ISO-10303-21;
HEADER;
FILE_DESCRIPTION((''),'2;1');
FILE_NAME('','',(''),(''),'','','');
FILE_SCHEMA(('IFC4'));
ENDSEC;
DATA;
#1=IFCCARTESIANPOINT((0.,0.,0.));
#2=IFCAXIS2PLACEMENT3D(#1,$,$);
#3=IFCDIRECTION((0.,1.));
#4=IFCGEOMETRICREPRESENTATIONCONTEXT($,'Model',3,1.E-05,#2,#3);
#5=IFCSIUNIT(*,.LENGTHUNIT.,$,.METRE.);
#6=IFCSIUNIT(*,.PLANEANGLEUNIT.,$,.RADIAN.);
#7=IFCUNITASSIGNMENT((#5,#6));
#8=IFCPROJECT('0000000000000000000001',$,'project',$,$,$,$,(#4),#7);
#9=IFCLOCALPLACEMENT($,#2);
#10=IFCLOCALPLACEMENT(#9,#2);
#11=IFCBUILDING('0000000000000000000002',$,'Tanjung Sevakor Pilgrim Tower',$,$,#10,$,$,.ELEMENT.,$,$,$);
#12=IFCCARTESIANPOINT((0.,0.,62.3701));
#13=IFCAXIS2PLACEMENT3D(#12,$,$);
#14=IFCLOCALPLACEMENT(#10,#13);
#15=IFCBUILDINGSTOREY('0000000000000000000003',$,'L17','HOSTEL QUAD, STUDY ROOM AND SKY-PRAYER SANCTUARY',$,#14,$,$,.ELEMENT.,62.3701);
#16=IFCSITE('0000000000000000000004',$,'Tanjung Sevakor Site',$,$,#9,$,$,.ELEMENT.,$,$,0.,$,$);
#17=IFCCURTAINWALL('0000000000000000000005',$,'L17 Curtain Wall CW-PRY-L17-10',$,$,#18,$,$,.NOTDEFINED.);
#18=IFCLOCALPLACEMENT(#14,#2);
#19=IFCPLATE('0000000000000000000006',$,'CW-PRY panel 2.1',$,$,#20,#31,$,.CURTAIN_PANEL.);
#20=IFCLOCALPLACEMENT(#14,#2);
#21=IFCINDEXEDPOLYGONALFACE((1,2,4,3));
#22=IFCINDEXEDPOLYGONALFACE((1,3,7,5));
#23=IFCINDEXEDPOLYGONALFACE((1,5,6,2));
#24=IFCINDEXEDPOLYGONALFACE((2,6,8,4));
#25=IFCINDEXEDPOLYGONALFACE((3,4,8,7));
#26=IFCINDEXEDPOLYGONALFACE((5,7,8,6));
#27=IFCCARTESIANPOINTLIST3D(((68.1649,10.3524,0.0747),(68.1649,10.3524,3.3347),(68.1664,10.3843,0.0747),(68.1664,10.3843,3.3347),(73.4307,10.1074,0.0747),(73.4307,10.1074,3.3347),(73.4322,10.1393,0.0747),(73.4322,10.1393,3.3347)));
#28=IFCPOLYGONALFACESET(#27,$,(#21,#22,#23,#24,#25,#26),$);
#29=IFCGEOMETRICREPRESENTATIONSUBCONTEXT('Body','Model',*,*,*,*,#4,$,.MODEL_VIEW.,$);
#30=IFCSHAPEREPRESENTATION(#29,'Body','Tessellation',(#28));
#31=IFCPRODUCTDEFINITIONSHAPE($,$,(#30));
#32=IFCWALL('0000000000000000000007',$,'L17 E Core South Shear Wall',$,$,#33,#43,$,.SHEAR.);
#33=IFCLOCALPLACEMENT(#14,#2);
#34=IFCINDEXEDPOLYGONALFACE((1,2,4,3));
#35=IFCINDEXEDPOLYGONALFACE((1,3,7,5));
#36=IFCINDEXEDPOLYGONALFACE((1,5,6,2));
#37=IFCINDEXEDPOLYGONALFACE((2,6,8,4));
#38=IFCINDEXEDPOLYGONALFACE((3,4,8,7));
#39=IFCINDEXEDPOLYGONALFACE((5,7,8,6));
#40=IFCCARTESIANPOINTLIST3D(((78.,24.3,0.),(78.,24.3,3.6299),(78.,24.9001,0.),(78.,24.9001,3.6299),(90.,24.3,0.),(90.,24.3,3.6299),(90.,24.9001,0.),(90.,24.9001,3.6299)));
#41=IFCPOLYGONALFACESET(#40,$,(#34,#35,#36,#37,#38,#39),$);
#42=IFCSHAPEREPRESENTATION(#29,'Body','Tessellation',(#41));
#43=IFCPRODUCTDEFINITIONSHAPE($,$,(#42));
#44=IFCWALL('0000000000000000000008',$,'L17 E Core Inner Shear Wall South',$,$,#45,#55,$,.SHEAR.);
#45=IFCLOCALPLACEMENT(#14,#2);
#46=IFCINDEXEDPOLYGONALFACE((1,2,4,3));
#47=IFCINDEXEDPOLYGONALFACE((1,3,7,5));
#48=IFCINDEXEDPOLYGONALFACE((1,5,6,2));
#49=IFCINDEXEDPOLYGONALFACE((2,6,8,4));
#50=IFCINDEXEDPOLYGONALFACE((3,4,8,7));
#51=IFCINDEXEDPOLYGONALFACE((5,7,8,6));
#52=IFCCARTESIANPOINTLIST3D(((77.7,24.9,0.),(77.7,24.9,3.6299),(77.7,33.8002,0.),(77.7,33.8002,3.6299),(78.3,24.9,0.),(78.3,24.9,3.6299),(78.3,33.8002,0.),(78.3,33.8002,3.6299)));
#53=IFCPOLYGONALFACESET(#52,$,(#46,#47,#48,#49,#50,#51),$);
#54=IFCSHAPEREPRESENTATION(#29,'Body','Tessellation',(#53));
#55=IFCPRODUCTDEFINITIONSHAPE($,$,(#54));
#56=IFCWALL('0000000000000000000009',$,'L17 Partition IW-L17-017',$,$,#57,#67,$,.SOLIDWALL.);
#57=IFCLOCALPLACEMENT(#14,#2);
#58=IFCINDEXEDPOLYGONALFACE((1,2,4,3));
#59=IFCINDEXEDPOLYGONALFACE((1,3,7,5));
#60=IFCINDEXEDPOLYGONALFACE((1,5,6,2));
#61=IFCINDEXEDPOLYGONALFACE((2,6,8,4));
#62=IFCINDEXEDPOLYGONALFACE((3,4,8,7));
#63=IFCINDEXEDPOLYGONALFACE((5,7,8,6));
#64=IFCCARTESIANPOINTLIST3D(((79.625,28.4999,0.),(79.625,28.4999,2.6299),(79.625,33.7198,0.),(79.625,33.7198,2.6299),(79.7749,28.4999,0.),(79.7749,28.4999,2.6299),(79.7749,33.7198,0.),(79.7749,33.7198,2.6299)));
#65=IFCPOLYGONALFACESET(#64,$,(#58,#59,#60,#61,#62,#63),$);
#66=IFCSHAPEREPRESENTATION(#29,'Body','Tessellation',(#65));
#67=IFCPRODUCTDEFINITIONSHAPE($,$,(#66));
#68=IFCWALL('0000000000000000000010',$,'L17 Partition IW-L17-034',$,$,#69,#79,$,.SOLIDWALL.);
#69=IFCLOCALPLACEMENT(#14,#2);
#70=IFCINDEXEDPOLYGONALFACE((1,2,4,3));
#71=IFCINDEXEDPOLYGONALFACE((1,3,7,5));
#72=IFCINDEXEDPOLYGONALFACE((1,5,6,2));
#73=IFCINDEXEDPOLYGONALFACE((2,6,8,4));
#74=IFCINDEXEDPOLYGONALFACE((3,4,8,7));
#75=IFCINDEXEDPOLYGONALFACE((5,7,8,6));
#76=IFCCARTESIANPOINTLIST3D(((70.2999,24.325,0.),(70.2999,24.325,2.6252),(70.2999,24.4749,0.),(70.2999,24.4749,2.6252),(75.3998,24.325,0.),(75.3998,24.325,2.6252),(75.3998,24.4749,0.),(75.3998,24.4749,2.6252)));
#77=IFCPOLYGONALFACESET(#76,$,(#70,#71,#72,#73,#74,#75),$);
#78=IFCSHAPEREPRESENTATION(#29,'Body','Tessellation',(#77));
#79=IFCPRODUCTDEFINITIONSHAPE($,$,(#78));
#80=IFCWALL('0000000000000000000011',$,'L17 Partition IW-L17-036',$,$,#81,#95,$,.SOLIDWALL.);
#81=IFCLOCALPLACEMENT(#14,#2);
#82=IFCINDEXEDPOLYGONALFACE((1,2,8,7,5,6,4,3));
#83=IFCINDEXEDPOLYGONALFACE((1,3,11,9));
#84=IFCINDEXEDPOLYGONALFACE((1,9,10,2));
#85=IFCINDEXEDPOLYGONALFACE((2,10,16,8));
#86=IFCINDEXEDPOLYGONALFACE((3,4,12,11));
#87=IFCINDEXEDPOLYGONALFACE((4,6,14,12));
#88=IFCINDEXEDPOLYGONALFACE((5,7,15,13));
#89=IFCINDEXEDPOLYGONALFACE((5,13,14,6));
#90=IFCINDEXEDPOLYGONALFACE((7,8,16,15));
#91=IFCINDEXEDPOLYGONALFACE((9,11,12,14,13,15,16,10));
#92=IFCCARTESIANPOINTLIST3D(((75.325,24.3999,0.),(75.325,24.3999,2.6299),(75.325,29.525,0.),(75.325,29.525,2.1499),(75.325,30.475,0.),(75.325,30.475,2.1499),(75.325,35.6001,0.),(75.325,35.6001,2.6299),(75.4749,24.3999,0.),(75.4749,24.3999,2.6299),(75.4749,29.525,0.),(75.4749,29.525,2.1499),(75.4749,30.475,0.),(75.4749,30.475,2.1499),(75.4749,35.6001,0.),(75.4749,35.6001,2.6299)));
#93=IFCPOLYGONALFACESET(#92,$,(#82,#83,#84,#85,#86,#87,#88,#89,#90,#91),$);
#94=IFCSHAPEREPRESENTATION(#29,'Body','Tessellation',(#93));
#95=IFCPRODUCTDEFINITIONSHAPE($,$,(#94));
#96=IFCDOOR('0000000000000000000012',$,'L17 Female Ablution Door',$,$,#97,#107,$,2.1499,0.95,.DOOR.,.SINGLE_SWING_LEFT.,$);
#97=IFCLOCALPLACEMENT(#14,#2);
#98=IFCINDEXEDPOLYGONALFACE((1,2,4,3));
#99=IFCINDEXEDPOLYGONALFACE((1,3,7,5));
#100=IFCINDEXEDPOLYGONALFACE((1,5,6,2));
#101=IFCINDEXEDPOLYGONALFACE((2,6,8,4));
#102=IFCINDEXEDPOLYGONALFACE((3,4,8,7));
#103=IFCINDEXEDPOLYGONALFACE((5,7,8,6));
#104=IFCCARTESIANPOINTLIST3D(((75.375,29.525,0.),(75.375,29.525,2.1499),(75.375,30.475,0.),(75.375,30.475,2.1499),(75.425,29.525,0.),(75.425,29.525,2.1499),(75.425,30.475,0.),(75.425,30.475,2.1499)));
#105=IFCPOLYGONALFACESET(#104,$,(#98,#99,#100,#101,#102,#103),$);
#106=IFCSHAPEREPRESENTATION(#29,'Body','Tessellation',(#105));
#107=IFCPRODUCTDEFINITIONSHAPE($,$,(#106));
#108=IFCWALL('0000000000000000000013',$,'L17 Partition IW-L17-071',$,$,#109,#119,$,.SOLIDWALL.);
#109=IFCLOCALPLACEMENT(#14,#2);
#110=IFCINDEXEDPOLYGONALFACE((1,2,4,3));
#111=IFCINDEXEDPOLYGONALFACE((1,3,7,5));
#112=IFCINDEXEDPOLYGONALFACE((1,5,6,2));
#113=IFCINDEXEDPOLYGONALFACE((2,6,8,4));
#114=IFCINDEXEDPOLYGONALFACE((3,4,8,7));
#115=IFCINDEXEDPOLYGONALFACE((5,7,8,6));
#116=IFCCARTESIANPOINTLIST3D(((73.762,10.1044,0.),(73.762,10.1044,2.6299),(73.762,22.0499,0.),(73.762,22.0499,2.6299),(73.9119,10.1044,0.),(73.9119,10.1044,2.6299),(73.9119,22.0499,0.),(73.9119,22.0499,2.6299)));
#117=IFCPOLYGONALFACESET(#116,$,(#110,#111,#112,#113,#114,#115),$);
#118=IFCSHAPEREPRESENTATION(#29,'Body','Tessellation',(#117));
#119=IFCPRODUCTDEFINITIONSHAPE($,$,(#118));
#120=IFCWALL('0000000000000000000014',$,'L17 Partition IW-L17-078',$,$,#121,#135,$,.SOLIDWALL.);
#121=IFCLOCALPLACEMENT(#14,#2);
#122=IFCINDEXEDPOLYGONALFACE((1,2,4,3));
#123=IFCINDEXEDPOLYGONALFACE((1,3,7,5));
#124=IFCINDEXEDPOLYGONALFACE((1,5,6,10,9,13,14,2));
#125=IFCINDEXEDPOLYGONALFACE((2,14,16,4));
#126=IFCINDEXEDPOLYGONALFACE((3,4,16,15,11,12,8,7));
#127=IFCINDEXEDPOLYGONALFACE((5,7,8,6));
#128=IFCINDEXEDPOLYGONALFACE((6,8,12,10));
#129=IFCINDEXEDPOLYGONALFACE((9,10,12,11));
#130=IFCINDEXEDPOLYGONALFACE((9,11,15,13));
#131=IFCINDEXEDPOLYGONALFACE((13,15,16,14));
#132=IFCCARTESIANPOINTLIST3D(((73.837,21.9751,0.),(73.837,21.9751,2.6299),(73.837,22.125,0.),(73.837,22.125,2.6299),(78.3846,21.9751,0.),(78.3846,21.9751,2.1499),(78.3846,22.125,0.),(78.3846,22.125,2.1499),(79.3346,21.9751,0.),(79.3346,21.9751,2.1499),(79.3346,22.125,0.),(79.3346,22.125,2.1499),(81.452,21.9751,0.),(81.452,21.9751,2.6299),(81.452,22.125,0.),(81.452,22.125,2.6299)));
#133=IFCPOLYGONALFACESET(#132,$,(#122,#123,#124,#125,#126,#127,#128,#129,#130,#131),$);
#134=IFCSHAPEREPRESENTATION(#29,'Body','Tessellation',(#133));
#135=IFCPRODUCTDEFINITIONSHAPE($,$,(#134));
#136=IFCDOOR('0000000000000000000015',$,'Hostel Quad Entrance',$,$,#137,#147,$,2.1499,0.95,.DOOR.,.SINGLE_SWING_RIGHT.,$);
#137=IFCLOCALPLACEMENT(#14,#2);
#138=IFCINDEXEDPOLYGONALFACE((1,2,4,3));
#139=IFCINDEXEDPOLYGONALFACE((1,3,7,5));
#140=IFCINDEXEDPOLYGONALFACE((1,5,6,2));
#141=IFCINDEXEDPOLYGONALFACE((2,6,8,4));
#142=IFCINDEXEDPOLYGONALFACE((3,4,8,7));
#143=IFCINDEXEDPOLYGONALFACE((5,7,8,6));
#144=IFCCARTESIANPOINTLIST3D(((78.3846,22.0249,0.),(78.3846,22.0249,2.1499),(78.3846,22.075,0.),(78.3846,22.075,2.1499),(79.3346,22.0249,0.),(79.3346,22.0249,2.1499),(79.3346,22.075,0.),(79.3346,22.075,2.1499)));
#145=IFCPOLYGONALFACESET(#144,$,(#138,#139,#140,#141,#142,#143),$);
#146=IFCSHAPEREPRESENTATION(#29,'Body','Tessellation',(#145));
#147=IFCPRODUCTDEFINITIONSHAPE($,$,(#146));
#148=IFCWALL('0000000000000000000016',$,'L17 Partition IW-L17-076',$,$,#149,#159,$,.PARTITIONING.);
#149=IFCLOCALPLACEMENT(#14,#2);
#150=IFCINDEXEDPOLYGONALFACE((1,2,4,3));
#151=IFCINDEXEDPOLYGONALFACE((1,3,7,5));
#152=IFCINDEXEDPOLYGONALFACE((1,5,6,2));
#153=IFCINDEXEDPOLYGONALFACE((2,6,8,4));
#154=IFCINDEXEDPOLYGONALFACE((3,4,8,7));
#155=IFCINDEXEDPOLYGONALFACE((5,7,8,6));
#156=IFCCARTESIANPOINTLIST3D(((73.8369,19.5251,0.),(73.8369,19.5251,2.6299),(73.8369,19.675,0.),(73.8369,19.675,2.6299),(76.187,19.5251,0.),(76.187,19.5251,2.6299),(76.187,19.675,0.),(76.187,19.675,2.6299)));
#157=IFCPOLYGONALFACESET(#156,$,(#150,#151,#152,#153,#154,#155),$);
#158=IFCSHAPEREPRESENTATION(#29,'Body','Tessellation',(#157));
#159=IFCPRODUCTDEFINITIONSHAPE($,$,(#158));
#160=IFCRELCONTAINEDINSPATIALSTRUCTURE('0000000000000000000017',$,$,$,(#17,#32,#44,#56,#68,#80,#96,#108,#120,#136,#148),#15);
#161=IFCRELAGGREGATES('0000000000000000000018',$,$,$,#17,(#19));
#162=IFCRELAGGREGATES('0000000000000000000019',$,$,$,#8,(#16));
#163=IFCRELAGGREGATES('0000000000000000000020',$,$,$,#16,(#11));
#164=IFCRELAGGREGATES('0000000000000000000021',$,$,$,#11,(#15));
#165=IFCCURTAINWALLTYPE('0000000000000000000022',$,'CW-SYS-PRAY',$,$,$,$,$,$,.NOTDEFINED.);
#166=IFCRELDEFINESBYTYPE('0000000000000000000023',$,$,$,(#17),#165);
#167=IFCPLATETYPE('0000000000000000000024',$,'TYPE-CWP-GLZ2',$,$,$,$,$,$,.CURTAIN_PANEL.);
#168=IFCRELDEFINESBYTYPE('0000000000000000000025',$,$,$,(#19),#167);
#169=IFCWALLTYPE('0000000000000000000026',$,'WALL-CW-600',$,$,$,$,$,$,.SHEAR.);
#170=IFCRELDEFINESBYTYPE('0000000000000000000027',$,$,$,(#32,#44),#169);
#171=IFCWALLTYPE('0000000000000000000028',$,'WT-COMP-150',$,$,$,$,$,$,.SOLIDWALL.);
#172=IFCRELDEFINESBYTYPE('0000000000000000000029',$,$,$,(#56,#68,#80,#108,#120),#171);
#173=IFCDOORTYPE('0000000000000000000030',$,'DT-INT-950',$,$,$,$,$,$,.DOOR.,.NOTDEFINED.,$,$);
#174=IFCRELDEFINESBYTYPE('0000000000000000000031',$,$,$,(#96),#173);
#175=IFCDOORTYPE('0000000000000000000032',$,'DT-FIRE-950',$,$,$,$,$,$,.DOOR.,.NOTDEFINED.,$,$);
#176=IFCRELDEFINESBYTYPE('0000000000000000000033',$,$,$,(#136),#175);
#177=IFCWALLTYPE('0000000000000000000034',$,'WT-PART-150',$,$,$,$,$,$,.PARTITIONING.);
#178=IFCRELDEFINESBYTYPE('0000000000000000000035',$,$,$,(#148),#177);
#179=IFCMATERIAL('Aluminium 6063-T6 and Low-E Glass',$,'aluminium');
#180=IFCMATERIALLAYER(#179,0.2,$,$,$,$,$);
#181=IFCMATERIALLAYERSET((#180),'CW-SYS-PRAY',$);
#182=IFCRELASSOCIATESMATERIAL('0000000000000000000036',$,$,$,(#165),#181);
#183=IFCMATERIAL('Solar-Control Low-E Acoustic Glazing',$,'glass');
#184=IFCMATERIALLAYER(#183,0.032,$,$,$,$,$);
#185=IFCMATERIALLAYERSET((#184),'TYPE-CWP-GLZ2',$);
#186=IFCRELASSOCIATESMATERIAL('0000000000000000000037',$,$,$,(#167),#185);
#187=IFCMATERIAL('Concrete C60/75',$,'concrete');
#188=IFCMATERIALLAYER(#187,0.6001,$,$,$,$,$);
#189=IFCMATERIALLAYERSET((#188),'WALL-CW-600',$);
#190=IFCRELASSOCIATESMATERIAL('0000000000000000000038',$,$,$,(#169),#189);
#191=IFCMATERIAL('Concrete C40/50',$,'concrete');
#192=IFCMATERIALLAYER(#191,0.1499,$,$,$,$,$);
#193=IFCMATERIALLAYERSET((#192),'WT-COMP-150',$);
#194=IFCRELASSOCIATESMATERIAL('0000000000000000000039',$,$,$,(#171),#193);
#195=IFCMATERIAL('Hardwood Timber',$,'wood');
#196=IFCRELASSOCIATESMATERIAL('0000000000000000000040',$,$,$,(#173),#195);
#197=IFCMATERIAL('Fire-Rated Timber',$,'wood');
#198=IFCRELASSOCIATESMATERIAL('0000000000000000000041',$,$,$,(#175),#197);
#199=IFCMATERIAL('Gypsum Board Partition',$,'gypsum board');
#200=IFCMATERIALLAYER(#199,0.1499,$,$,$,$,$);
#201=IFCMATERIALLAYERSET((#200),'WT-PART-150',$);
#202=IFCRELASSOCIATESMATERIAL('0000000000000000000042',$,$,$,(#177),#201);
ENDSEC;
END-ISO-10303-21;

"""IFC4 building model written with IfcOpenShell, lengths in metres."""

from ifc_helpers import new_model, si_unit, direction, frame, frame_2d, origin, origin_2d, place, context, subcontext, project, spatial, rectangle, extrude, material, layer, layer_set, type_object, element, fill, aggregate, save


model = new_model("IFC4")

# Units and contexts
model_context = context("Model", 3, precision=1e-05, world=origin(), true_north=direction((0.0, 1.0)))
body_context = subcontext(model_context, "Body", "Model", "MODEL_VIEW")
ifc_project = project(units=[si_unit("LENGTHUNIT", "METRE"), si_unit("PLANEANGLEUNIT", "RADIAN")], contexts=[model_context])

# Site, building, storey
site_placement = place(None, origin())
site = spatial("IfcSite", under=ifc_project, at=site_placement, Name="Tanjung Sevakor Site", CompositionType="ELEMENT", RefElevation=0.0)
building_placement = place(site_placement, origin())
building = spatial("IfcBuilding", under=site, at=building_placement, Name="Tanjung Sevakor Pilgrim Tower", CompositionType="ELEMENT")
storey_placement = place(building_placement, frame((0.0, 0.0, 62.3701)))
storey = spatial("IfcBuildingStorey", under=building, at=storey_placement, Name="L17", Description="HOSTEL QUAD, STUDY ROOM AND SKY-PRAYER SANCTUARY", CompositionType="ELEMENT", Elevation=62.3701)

# Curtain wall
ifc_material_1 = material(Name="Aluminium 6063-T6 and Low-E Glass", Category="aluminium")
ifc_layer_1 = layer(ifc_material_1, 0.2)
ifc_layer_set_1 = layer_set([ifc_layer_1], Name="CW-SYS-PRAY")
curtain_wall_type = type_object("IfcCurtainWallType", Name="CW-SYS-PRAY", PredefinedType="NOTDEFINED", material=ifc_layer_set_1)
curtain_wall_1_placement = place(storey_placement, origin())
curtain_wall_1 = element("IfcCurtainWall", 1, at=curtain_wall_1_placement, inside=storey, type_object=curtain_wall_type, Name="L17 Curtain Wall CW-PRY-L17-10", PredefinedType="NOTDEFINED")

# Plate
ifc_material_2 = material(Name="Solar-Control Low-E Acoustic Glazing", Category="glass")
ifc_layer_2 = layer(ifc_material_2, 0.032)
ifc_layer_set_2 = layer_set([ifc_layer_2], Name="TYPE-CWP-GLZ2")
plate_type = type_object("IfcPlateType", Name="TYPE-CWP-GLZ2", PredefinedType="CURTAIN_PANEL", material=ifc_layer_set_2)
plate_placement = place(storey_placement, frame((70.7986, 10.2458, 0.0747), z_axis=(0.0, 0.0, 1.0), x_axis=(0.99892, -0.04647, 0.0)))
plate = element("IfcPlate", 2, at=plate_placement, type_object=plate_type, Name="CW-PRY panel 2.1", PredefinedType="CURTAIN_PANEL", context=body_context, shape_type="SweptSolid", body=[
    extrude(rectangle(XDim=5.2715, YDim=0.032, at=origin_2d()), origin(), (0.0, 0.0, 1.0), 3.26),
])
aggregate(curtain_wall_1, [plate])

# Walls
ifc_material_3 = material(Name="Concrete C60/75", Category="concrete")
ifc_layer_3 = layer(ifc_material_3, 0.6001)
ifc_layer_set_3 = layer_set([ifc_layer_3], Name="WALL-CW-600")
wall_type_1 = type_object("IfcWallType", Name="WALL-CW-600", PredefinedType="SHEAR", material=ifc_layer_set_3)
wall_1_placement = place(storey_placement, frame((78.0, 24.6001, 0.0), z_axis=(0.0, 0.0, 1.0), x_axis=(1.0, 0.0, 0.0)))
element("IfcWall", 3, at=wall_1_placement, inside=storey, type_object=wall_type_1, Name="L17 E Core South Shear Wall", PredefinedType="SHEAR", context=body_context, shape_type="SweptSolid", body=[
    extrude(rectangle(XDim=12.0, YDim=0.6001, at=frame_2d((6.0, 0.0))), origin(), (0.0, 0.0, 1.0), 3.6299),
])
wall_2_placement = place(storey_placement, frame((78.0, 24.8999, 0.0), z_axis=(0.0, 0.0, 1.0), x_axis=(0.0, 1.0, 0.0)))
element("IfcWall", 4, at=wall_2_placement, inside=storey, type_object=wall_type_1, Name="L17 E Core Inner Shear Wall South", PredefinedType="SHEAR", context=body_context, shape_type="SweptSolid", body=[
    extrude(rectangle(XDim=8.9001, YDim=0.6001, at=frame_2d((4.4502, 0.0))), origin(), (0.0, 0.0, 1.0), 3.6299),
])
ifc_material_4 = material(Name="Concrete C40/50", Category="concrete")
ifc_layer_4 = layer(ifc_material_4, 0.1499)
ifc_layer_set_4 = layer_set([ifc_layer_4], Name="WT-COMP-150")
wall_type_2 = type_object("IfcWallType", Name="WT-COMP-150", PredefinedType="SOLIDWALL", material=ifc_layer_set_4)
wall_3_placement = place(storey_placement, frame((79.7, 28.5, 0.0), z_axis=(0.0, 0.0, 1.0), x_axis=(0.0, 1.0, 0.0)))
element("IfcWall", 5, at=wall_3_placement, inside=storey, type_object=wall_type_2, Name="L17 Partition IW-L17-017", PredefinedType="SOLIDWALL", context=body_context, shape_type="SweptSolid", body=[
    extrude(rectangle(XDim=5.22, YDim=0.1499, at=frame_2d((2.6099, 0.0))), origin(), (0.0, 0.0, 1.0), 2.6299),
])
wall_4_placement = place(storey_placement, frame((70.3, 24.3999, 0.0), z_axis=(0.0, 0.0, 1.0), x_axis=(1.0, 0.0, 0.0)))
element("IfcWall", 6, at=wall_4_placement, inside=storey, type_object=wall_type_2, Name="L17 Partition IW-L17-034", PredefinedType="SOLIDWALL", context=body_context, shape_type="SweptSolid", body=[
    extrude(rectangle(XDim=5.0999, YDim=0.1499, at=frame_2d((2.5498, 0.0))), origin(), (0.0, 0.0, 1.0), 2.6252),
])

# Wall, opening, door
wall_5_placement = place(storey_placement, frame((75.3999, 24.3999, 0.0), z_axis=(0.0, 0.0, 1.0), x_axis=(0.0, 1.0, 0.0)))
wall_5 = element("IfcWall", 7, at=wall_5_placement, inside=storey, type_object=wall_type_2, Name="L17 Partition IW-L17-036", PredefinedType="SOLIDWALL", context=body_context, shape_type="SweptSolid", body=[
    extrude(rectangle(XDim=11.2002, YDim=0.1499, at=frame_2d((5.6001, 0.0))), origin(), (0.0, 0.0, 1.0), 2.6299),
])
opening_1_placement = place(wall_5_placement, frame((5.125, 0.0, 0.0)))
opening_1 = element("IfcOpeningElement", 8, at=opening_1_placement, cuts=wall_5, PredefinedType="OPENING", context=body_context, shape_type="SweptSolid", body=[
    extrude(rectangle(XDim=0.95, YDim=2.1499, at=frame_2d((0.4751, 1.075))), frame((0.0, 0.085, 0.0), z_axis=(0.0, -1.0, 0.0), x_axis=(1.0, 0.0, 0.0)), (0.0, 0.0, 1.0), 0.1699),
])
ifc_material_5 = material(Name="Hardwood Timber", Category="wood")
door_type_1 = type_object("IfcDoorType", Name="DT-INT-950", OperationType="NOTDEFINED", PredefinedType="DOOR", material=ifc_material_5)
door_1_placement = place(opening_1_placement, origin())
door_1 = element("IfcDoor", 9, at=door_1_placement, inside=storey, type_object=door_type_1, Name="L17 Female Ablution Door", OperationType="SINGLE_SWING_LEFT", OverallHeight=2.1499, OverallWidth=0.95, PredefinedType="DOOR", context=body_context, shape_type="SweptSolid", body=[
    extrude(rectangle(XDim=0.95, YDim=2.1499, at=frame_2d((0.4751, 1.075))), frame((0.0, 0.0249, 0.0), z_axis=(0.0, -1.0, 0.0), x_axis=(1.0, 0.0, 0.0)), (0.0, 0.0, 1.0), 0.05),
])
fill(opening_1, door_1)

# Wall
wall_6_placement = place(storey_placement, frame((73.8369, 10.1045, 0.0), z_axis=(0.0, 0.0, 1.0), x_axis=(0.0, 1.0, 0.0)))
element("IfcWall", 10, at=wall_6_placement, inside=storey, type_object=wall_type_2, Name="L17 Partition IW-L17-071", PredefinedType="SOLIDWALL", context=body_context, shape_type="SweptSolid", body=[
    extrude(rectangle(XDim=11.9456, YDim=0.1499, at=frame_2d((5.9727, 0.0))), origin(), (0.0, 0.0, 1.0), 2.6299),
])

# Wall, opening, door
wall_7_placement = place(storey_placement, frame((73.8369, 22.05, 0.0), z_axis=(0.0, 0.0, 1.0), x_axis=(1.0, 0.0, 0.0)))
wall_7 = element("IfcWall", 11, at=wall_7_placement, inside=storey, type_object=wall_type_2, Name="L17 Partition IW-L17-078", PredefinedType="SOLIDWALL", context=body_context, shape_type="SweptSolid", body=[
    extrude(rectangle(XDim=7.615, YDim=0.1499, at=frame_2d((3.8076, 0.0))), origin(), (0.0, 0.0, 1.0), 2.6299),
])
opening_2_placement = place(wall_7_placement, frame((4.5476, 0.0, 0.0)))
opening_2 = element("IfcOpeningElement", 12, at=opening_2_placement, cuts=wall_7, PredefinedType="OPENING", context=body_context, shape_type="SweptSolid", body=[
    extrude(rectangle(XDim=0.95, YDim=2.1499, at=frame_2d((0.4751, 1.075))), frame((0.0, 0.085, 0.0), z_axis=(0.0, -1.0, 0.0), x_axis=(1.0, 0.0, 0.0)), (0.0, 0.0, 1.0), 0.1699),
])
ifc_material_6 = material(Name="Fire-Rated Timber", Category="wood")
door_type_2 = type_object("IfcDoorType", Name="DT-FIRE-950", OperationType="NOTDEFINED", PredefinedType="DOOR", material=ifc_material_6)
door_2_placement = place(opening_2_placement, origin())
door_2 = element("IfcDoor", 13, at=door_2_placement, inside=storey, type_object=door_type_2, Name="Hostel Quad Entrance", OperationType="SINGLE_SWING_RIGHT", OverallHeight=2.1499, OverallWidth=0.95, PredefinedType="DOOR", context=body_context, shape_type="SweptSolid", body=[
    extrude(rectangle(XDim=0.95, YDim=2.1499, at=frame_2d((0.4751, 1.075))), frame((0.0, 0.0249, 0.0), z_axis=(0.0, -1.0, 0.0), x_axis=(1.0, 0.0, 0.0)), (0.0, 0.0, 1.0), 0.05),
])
fill(opening_2, door_2)

# Wall
ifc_material_7 = material(Name="Gypsum Board Partition", Category="gypsum board")
ifc_layer_5 = layer(ifc_material_7, 0.1499)
ifc_layer_set_5 = layer_set([ifc_layer_5], Name="WT-PART-150")
wall_type_3 = type_object("IfcWallType", Name="WT-PART-150", PredefinedType="PARTITIONING", material=ifc_layer_set_5)
wall_8_placement = place(storey_placement, frame((73.8369, 19.6001, 0.0), z_axis=(0.0, 0.0, 1.0), x_axis=(1.0, 0.0, 0.0)))
element("IfcWall", 14, at=wall_8_placement, inside=storey, type_object=wall_type_3, Name="L17 Partition IW-L17-076", PredefinedType="PARTITIONING", context=body_context, shape_type="SweptSolid", body=[
    extrude(rectangle(XDim=2.3501, YDim=0.1499, at=frame_2d((1.175, 0.0))), origin(), (0.0, 0.0, 1.0), 2.6299),
])

save(model, "model.ifc")
